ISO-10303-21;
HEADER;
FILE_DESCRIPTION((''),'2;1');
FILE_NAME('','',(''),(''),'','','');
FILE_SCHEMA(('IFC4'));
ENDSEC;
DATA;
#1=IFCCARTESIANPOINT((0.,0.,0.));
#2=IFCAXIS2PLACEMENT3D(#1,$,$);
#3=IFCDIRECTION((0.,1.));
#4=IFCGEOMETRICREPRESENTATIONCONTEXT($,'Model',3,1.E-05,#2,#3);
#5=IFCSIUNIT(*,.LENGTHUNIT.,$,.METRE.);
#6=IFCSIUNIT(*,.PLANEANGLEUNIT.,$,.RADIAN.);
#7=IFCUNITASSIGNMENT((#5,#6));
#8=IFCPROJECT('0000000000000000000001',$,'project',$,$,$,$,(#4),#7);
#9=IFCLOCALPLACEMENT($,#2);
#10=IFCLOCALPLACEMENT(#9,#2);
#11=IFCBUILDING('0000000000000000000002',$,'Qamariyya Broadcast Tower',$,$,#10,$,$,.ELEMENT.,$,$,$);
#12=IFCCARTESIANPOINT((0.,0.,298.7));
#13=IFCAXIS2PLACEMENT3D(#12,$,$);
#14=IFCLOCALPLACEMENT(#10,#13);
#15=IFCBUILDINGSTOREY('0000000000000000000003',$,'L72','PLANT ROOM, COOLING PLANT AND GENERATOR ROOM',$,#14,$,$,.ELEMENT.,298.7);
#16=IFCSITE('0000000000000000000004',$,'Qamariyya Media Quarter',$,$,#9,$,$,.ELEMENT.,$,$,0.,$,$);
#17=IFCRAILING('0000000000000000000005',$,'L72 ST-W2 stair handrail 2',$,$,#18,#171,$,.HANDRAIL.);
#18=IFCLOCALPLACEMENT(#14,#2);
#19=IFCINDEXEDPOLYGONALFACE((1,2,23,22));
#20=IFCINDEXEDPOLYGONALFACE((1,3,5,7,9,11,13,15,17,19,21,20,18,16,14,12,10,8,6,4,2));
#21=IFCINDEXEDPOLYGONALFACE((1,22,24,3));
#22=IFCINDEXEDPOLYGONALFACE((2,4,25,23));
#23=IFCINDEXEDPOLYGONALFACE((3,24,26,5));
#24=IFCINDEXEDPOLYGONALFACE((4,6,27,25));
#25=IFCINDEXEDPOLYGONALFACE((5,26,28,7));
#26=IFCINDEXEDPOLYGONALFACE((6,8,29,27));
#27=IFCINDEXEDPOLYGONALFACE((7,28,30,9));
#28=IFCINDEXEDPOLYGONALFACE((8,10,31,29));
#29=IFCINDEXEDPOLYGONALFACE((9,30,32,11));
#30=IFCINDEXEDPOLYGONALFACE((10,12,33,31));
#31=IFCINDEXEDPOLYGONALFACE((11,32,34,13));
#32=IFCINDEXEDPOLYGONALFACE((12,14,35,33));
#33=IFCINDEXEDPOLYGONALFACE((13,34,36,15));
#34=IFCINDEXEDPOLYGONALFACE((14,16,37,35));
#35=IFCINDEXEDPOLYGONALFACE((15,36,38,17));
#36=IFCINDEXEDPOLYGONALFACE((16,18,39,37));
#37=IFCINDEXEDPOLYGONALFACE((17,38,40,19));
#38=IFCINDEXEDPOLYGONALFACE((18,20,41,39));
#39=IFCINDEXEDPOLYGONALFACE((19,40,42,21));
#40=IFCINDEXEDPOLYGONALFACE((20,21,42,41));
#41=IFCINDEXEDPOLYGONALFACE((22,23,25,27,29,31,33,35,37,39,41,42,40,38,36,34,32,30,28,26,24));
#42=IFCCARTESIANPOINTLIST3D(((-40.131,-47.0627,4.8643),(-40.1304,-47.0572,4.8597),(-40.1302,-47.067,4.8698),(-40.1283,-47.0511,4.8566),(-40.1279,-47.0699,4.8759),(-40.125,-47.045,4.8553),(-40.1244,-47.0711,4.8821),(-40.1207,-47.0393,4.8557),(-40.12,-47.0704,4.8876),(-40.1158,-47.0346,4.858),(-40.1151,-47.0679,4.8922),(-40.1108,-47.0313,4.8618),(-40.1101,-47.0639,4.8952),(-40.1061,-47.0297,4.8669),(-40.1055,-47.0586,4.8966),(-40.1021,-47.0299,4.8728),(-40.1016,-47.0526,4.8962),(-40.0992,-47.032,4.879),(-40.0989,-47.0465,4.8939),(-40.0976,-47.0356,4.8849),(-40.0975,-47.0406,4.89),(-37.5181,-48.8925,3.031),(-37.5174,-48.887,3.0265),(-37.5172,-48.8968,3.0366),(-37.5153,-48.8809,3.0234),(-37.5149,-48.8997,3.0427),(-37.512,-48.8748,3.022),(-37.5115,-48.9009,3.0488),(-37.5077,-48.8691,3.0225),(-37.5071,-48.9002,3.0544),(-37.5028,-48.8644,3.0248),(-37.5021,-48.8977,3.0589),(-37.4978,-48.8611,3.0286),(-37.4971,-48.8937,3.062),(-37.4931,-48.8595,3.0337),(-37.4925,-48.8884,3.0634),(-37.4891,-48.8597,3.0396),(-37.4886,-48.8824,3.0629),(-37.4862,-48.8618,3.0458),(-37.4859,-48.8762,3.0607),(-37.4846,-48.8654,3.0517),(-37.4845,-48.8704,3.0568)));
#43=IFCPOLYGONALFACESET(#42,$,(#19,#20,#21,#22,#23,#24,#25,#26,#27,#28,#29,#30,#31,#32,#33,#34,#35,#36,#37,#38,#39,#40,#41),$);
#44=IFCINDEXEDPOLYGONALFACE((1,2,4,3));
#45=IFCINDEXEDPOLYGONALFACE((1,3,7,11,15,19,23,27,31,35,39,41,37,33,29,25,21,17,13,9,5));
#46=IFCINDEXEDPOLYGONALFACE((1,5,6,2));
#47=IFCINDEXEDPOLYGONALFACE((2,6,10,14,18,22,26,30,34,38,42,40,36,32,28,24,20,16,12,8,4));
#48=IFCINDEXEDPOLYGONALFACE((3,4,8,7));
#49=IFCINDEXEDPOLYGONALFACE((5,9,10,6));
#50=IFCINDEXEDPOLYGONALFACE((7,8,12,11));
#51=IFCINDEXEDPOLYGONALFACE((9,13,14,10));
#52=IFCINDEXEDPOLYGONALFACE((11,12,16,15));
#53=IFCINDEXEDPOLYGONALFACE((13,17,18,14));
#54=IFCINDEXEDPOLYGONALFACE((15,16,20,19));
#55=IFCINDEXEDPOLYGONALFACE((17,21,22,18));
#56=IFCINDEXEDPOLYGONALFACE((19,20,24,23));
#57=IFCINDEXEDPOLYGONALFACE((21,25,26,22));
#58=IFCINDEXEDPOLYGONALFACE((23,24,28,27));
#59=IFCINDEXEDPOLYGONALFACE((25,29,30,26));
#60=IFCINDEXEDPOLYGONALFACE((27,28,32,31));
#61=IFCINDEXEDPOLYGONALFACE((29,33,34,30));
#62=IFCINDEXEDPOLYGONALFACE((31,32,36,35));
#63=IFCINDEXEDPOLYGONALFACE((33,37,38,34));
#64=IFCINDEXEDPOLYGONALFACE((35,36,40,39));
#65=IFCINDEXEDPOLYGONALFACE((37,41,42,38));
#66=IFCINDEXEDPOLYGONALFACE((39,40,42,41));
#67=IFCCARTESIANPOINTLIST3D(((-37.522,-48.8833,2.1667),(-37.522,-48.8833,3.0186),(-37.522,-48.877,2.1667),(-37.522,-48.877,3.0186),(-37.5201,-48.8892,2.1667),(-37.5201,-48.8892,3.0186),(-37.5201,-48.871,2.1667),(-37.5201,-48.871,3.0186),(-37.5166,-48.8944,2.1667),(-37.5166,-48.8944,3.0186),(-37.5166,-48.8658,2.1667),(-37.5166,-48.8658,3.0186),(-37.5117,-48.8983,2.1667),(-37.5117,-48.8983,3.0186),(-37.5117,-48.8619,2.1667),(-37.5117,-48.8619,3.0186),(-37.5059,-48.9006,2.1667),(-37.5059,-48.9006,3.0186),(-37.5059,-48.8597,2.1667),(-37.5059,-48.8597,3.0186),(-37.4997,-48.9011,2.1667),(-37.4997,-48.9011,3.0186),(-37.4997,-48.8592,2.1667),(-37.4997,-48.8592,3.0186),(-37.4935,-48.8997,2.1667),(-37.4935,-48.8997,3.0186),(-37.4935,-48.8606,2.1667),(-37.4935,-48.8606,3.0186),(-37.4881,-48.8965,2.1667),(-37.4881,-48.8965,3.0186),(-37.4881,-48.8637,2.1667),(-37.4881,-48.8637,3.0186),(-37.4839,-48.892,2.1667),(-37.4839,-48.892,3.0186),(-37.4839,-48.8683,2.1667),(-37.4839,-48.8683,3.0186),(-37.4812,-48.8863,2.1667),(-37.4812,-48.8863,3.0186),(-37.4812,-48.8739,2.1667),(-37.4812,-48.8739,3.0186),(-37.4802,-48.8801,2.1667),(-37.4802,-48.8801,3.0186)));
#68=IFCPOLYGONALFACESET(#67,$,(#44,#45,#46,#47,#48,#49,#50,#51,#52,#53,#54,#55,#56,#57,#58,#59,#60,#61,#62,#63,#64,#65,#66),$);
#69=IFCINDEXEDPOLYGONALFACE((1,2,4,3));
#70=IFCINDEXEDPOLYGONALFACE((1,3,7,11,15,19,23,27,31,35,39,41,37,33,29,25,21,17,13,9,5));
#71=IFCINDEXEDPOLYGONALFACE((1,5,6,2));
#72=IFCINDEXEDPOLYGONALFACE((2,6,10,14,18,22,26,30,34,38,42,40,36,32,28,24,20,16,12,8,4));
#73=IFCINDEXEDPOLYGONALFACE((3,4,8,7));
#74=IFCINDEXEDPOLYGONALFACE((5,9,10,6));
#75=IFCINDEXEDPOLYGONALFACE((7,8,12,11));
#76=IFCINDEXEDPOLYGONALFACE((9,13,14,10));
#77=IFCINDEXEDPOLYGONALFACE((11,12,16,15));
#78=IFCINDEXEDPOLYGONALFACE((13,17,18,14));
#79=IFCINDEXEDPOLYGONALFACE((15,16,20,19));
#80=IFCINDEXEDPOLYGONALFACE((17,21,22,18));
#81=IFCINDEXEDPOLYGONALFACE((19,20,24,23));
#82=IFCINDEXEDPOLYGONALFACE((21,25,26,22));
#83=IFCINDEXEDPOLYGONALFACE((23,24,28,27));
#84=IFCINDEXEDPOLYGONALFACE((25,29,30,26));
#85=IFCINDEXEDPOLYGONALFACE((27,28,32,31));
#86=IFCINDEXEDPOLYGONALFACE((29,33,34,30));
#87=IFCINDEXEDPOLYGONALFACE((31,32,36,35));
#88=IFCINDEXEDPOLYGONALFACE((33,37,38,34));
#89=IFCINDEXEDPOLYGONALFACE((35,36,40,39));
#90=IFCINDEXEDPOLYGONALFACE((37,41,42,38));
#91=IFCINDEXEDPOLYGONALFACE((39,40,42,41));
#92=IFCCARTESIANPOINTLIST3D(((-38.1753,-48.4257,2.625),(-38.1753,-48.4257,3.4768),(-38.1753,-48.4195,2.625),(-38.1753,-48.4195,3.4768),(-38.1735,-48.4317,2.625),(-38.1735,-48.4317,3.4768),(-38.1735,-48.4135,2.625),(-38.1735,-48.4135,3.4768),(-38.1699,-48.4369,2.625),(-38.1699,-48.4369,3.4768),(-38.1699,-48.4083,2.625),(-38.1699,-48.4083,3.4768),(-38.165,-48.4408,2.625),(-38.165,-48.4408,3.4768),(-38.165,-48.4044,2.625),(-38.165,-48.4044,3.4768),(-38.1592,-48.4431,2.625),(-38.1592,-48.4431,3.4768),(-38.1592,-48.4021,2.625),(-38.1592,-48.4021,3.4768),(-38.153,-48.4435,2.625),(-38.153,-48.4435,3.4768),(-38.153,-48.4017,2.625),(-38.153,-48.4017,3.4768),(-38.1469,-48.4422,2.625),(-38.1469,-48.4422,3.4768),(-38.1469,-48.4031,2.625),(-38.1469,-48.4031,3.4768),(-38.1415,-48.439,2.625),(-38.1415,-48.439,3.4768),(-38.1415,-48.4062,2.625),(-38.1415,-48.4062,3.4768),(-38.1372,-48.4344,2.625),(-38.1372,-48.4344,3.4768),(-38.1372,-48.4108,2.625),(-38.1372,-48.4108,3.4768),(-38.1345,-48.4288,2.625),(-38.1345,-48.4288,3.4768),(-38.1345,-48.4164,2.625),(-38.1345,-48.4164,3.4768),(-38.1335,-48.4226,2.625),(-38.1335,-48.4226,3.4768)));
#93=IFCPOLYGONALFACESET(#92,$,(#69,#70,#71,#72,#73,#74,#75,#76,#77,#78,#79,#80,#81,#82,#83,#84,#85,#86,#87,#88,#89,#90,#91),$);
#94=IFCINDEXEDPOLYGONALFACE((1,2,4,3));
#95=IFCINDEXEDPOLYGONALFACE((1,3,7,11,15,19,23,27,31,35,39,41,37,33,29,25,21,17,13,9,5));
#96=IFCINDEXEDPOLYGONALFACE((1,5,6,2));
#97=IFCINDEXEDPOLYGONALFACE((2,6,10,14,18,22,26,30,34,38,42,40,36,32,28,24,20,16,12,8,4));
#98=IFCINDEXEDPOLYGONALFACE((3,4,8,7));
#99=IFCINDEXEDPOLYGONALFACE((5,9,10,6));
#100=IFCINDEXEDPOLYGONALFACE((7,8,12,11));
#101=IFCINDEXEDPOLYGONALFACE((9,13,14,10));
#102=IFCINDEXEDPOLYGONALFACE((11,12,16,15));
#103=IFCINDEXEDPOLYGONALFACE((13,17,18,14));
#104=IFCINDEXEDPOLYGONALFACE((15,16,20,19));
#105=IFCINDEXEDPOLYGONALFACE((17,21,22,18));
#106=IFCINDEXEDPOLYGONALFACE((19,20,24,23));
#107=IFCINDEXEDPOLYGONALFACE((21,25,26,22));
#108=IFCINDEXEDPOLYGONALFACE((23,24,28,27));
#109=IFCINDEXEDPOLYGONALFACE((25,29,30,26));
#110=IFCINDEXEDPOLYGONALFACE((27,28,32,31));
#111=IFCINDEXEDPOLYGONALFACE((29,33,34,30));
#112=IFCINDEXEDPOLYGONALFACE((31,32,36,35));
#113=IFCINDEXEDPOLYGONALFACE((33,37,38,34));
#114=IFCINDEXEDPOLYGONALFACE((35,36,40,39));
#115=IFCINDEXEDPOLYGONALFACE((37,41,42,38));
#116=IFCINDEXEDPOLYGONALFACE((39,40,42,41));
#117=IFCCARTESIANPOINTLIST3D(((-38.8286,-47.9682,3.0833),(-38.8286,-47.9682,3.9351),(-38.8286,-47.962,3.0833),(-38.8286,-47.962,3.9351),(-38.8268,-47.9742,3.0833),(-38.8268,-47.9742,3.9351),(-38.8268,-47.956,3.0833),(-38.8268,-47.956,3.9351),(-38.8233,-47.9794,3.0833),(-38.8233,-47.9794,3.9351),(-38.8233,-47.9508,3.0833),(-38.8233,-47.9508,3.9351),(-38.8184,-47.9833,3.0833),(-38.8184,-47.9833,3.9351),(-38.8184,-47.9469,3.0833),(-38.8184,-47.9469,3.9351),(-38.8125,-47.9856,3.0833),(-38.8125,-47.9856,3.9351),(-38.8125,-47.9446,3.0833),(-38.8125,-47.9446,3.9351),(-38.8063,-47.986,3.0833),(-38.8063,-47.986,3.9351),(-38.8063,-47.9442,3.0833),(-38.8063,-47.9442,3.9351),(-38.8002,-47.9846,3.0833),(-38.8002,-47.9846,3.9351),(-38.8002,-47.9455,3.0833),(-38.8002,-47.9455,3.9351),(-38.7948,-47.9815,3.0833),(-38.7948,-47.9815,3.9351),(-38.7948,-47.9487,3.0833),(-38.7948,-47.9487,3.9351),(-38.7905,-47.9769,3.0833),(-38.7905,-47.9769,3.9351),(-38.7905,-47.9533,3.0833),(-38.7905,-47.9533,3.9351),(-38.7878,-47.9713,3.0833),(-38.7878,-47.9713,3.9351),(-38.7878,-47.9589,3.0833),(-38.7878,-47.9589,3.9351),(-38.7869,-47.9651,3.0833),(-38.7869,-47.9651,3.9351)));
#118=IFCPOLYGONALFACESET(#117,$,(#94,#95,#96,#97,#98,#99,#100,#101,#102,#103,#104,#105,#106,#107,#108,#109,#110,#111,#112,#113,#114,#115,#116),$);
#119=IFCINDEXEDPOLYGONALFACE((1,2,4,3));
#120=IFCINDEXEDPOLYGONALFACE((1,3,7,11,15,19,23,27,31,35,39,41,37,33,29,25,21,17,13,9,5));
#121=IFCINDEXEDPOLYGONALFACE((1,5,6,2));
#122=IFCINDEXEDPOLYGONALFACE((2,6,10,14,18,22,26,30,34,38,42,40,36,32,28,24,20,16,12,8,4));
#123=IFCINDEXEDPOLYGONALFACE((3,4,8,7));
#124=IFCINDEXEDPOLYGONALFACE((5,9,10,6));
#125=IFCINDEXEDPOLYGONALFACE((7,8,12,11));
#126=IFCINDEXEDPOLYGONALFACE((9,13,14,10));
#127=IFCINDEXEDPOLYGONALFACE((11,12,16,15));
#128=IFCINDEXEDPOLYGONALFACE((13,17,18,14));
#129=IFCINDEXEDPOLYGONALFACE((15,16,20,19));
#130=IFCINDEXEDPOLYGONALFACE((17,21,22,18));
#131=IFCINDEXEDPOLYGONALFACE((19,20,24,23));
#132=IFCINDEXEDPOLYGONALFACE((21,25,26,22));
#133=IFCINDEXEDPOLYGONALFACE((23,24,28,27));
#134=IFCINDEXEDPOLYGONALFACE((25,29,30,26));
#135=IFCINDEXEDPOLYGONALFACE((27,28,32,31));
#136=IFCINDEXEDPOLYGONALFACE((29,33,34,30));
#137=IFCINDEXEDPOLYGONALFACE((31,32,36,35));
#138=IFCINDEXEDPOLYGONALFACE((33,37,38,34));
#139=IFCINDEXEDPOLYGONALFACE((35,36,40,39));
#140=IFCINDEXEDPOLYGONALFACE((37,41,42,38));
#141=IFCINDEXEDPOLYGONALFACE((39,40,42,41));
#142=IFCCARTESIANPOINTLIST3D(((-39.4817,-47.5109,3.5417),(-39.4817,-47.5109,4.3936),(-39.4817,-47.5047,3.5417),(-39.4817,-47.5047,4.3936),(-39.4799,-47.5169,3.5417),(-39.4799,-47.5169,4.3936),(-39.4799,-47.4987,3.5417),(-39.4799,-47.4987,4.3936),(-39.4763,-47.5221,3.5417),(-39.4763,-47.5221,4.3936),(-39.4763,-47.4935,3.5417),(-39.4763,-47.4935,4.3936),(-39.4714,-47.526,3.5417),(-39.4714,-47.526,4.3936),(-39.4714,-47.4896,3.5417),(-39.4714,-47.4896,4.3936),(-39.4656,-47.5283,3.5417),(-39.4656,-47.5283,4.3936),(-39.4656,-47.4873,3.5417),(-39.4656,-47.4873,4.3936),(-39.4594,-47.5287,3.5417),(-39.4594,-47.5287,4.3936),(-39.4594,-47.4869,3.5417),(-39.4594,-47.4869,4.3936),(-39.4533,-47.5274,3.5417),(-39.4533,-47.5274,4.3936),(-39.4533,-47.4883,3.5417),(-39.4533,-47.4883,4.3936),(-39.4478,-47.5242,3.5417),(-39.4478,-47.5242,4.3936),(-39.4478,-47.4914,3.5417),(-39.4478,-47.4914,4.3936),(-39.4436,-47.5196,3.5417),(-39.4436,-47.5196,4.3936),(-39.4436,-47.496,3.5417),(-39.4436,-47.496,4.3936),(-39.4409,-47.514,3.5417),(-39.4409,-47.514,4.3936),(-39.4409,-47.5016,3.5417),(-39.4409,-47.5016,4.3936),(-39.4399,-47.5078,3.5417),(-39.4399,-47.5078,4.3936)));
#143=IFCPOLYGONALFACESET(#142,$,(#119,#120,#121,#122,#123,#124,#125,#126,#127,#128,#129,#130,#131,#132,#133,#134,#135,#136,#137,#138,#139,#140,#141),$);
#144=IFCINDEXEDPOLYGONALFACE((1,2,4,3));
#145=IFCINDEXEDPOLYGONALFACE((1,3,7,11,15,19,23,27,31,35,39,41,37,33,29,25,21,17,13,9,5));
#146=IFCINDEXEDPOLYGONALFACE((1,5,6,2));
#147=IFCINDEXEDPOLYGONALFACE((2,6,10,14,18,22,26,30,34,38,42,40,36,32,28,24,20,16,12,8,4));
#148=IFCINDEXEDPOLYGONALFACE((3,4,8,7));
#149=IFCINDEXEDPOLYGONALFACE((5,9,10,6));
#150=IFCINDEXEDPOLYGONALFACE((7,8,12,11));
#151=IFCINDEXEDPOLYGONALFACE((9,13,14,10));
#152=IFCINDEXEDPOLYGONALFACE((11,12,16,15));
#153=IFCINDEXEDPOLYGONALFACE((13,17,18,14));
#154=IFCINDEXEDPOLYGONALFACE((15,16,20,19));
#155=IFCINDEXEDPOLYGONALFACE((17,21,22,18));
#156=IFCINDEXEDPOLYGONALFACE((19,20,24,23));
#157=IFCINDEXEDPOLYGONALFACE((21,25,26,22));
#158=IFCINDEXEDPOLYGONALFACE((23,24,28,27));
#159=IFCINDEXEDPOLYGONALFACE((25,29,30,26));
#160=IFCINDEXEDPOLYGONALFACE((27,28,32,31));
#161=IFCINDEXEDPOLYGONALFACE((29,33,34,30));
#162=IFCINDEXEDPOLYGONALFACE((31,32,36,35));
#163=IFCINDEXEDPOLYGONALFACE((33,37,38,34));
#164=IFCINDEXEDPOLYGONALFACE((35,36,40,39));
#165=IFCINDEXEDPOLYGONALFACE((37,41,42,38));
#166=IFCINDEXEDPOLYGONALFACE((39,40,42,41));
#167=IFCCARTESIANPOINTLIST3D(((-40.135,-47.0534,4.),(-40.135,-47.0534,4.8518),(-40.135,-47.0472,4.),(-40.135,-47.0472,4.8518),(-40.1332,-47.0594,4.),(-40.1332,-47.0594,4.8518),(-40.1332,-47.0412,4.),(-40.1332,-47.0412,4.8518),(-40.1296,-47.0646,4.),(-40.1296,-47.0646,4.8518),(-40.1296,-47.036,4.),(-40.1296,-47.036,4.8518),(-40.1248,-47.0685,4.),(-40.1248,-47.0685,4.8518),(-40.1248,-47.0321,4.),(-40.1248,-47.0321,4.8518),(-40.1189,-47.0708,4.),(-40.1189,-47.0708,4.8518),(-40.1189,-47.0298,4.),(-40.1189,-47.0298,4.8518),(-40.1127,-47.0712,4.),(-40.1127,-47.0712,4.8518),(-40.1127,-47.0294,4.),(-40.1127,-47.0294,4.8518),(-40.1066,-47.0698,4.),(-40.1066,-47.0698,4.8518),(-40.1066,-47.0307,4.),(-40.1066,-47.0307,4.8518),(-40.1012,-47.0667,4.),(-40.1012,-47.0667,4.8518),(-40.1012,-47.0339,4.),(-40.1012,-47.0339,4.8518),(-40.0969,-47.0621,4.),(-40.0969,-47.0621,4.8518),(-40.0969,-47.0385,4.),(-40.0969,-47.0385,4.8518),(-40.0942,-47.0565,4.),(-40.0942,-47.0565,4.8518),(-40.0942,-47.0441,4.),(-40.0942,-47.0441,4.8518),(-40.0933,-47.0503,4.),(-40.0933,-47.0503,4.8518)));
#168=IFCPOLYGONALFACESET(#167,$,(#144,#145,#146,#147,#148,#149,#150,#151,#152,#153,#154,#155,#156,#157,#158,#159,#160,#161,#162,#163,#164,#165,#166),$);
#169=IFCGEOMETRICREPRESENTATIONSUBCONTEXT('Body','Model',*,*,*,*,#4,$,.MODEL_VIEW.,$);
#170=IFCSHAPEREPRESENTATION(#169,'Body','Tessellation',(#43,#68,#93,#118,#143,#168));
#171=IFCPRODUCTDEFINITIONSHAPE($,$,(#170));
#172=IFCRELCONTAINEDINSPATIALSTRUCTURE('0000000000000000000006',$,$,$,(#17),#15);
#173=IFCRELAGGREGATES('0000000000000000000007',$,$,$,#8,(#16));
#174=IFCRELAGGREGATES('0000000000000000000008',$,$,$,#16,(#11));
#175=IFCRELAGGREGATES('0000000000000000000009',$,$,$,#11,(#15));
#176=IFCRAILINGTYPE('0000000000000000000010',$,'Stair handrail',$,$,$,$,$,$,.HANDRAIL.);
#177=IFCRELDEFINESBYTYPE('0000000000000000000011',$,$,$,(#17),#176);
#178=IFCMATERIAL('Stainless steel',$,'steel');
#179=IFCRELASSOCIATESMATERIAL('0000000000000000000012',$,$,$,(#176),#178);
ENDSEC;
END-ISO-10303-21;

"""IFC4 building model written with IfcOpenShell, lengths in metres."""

from ifc_helpers import new_model, si_unit, direction, frame, origin, origin_2d, place, context, subcontext, project, spatial, circle, extrude, material, type_object, element, save


model = new_model("IFC4")

# Units and contexts
model_context = context("Model", 3, precision=1e-05, world=origin(), true_north=direction((0.0, 1.0)))
body_context = subcontext(model_context, "Body", "Model", "MODEL_VIEW")
ifc_project = project(units=[si_unit("LENGTHUNIT", "METRE"), si_unit("PLANEANGLEUNIT", "RADIAN")], contexts=[model_context])

# Site, building, storey
site_placement = place(None, origin())
site = spatial("IfcSite", under=ifc_project, at=site_placement, Name="Qamariyya Media Quarter", CompositionType="ELEMENT", RefElevation=0.0)
building_placement = place(site_placement, origin())
building = spatial("IfcBuilding", under=site, at=building_placement, Name="Qamariyya Broadcast Tower", CompositionType="ELEMENT")
storey_placement = place(building_placement, frame((0.0, 0.0, 298.7)))
storey = spatial("IfcBuildingStorey", under=building, at=storey_placement, Name="L72", Description="PLANT ROOM, COOLING PLANT AND GENERATOR ROOM", CompositionType="ELEMENT", Elevation=298.7)

# Railing
ifc_material_1 = material(Name="Stainless steel", Category="steel")
railing_type_1 = type_object("IfcRailingType", Name="Stair handrail", PredefinedType="HANDRAIL", material=ifc_material_1)
railing_1_placement = place(storey_placement, frame((-37.5012, -48.8801, 2.1667)))
element("IfcRailing", 1, at=railing_1_placement, inside=storey, type_object=railing_type_1, Name="L72 ST-W2 stair handrail 2", PredefinedType="HANDRAIL", context=body_context, shape_type="SweptSolid", body=[
    extrude(circle(Radius=0.0239, at=origin_2d()), frame((0.0, 0.0, 0.876), z_axis=(-0.710204, 0.497335, 0.498264), x_axis=(-0.573611, -0.819128, 0.0)), (0.0, 0.0, 1.0), 3.6792),
    extrude(circle(Radius=0.021, at=origin_2d()), origin(), (0.0, 0.0, 1.0), 0.8518),
    extrude(circle(Radius=0.021, at=origin_2d()), frame((-0.6533, 0.4575, 0.4583)), (0.0, 0.0, 1.0), 0.8518),
    extrude(circle(Radius=0.021, at=origin_2d()), frame((-1.3066, 0.915, 0.9165)), (0.0, 0.0, 1.0), 0.8518),
    extrude(circle(Radius=0.021, at=origin_2d()), frame((-1.9597, 1.3723, 1.375)), (0.0, 0.0, 1.0), 0.8518),
    extrude(circle(Radius=0.021, at=origin_2d()), frame((-2.613, 1.8298, 1.8333)), (0.0, 0.0, 1.0), 0.8518),
])

save(model, "model.ifc")
